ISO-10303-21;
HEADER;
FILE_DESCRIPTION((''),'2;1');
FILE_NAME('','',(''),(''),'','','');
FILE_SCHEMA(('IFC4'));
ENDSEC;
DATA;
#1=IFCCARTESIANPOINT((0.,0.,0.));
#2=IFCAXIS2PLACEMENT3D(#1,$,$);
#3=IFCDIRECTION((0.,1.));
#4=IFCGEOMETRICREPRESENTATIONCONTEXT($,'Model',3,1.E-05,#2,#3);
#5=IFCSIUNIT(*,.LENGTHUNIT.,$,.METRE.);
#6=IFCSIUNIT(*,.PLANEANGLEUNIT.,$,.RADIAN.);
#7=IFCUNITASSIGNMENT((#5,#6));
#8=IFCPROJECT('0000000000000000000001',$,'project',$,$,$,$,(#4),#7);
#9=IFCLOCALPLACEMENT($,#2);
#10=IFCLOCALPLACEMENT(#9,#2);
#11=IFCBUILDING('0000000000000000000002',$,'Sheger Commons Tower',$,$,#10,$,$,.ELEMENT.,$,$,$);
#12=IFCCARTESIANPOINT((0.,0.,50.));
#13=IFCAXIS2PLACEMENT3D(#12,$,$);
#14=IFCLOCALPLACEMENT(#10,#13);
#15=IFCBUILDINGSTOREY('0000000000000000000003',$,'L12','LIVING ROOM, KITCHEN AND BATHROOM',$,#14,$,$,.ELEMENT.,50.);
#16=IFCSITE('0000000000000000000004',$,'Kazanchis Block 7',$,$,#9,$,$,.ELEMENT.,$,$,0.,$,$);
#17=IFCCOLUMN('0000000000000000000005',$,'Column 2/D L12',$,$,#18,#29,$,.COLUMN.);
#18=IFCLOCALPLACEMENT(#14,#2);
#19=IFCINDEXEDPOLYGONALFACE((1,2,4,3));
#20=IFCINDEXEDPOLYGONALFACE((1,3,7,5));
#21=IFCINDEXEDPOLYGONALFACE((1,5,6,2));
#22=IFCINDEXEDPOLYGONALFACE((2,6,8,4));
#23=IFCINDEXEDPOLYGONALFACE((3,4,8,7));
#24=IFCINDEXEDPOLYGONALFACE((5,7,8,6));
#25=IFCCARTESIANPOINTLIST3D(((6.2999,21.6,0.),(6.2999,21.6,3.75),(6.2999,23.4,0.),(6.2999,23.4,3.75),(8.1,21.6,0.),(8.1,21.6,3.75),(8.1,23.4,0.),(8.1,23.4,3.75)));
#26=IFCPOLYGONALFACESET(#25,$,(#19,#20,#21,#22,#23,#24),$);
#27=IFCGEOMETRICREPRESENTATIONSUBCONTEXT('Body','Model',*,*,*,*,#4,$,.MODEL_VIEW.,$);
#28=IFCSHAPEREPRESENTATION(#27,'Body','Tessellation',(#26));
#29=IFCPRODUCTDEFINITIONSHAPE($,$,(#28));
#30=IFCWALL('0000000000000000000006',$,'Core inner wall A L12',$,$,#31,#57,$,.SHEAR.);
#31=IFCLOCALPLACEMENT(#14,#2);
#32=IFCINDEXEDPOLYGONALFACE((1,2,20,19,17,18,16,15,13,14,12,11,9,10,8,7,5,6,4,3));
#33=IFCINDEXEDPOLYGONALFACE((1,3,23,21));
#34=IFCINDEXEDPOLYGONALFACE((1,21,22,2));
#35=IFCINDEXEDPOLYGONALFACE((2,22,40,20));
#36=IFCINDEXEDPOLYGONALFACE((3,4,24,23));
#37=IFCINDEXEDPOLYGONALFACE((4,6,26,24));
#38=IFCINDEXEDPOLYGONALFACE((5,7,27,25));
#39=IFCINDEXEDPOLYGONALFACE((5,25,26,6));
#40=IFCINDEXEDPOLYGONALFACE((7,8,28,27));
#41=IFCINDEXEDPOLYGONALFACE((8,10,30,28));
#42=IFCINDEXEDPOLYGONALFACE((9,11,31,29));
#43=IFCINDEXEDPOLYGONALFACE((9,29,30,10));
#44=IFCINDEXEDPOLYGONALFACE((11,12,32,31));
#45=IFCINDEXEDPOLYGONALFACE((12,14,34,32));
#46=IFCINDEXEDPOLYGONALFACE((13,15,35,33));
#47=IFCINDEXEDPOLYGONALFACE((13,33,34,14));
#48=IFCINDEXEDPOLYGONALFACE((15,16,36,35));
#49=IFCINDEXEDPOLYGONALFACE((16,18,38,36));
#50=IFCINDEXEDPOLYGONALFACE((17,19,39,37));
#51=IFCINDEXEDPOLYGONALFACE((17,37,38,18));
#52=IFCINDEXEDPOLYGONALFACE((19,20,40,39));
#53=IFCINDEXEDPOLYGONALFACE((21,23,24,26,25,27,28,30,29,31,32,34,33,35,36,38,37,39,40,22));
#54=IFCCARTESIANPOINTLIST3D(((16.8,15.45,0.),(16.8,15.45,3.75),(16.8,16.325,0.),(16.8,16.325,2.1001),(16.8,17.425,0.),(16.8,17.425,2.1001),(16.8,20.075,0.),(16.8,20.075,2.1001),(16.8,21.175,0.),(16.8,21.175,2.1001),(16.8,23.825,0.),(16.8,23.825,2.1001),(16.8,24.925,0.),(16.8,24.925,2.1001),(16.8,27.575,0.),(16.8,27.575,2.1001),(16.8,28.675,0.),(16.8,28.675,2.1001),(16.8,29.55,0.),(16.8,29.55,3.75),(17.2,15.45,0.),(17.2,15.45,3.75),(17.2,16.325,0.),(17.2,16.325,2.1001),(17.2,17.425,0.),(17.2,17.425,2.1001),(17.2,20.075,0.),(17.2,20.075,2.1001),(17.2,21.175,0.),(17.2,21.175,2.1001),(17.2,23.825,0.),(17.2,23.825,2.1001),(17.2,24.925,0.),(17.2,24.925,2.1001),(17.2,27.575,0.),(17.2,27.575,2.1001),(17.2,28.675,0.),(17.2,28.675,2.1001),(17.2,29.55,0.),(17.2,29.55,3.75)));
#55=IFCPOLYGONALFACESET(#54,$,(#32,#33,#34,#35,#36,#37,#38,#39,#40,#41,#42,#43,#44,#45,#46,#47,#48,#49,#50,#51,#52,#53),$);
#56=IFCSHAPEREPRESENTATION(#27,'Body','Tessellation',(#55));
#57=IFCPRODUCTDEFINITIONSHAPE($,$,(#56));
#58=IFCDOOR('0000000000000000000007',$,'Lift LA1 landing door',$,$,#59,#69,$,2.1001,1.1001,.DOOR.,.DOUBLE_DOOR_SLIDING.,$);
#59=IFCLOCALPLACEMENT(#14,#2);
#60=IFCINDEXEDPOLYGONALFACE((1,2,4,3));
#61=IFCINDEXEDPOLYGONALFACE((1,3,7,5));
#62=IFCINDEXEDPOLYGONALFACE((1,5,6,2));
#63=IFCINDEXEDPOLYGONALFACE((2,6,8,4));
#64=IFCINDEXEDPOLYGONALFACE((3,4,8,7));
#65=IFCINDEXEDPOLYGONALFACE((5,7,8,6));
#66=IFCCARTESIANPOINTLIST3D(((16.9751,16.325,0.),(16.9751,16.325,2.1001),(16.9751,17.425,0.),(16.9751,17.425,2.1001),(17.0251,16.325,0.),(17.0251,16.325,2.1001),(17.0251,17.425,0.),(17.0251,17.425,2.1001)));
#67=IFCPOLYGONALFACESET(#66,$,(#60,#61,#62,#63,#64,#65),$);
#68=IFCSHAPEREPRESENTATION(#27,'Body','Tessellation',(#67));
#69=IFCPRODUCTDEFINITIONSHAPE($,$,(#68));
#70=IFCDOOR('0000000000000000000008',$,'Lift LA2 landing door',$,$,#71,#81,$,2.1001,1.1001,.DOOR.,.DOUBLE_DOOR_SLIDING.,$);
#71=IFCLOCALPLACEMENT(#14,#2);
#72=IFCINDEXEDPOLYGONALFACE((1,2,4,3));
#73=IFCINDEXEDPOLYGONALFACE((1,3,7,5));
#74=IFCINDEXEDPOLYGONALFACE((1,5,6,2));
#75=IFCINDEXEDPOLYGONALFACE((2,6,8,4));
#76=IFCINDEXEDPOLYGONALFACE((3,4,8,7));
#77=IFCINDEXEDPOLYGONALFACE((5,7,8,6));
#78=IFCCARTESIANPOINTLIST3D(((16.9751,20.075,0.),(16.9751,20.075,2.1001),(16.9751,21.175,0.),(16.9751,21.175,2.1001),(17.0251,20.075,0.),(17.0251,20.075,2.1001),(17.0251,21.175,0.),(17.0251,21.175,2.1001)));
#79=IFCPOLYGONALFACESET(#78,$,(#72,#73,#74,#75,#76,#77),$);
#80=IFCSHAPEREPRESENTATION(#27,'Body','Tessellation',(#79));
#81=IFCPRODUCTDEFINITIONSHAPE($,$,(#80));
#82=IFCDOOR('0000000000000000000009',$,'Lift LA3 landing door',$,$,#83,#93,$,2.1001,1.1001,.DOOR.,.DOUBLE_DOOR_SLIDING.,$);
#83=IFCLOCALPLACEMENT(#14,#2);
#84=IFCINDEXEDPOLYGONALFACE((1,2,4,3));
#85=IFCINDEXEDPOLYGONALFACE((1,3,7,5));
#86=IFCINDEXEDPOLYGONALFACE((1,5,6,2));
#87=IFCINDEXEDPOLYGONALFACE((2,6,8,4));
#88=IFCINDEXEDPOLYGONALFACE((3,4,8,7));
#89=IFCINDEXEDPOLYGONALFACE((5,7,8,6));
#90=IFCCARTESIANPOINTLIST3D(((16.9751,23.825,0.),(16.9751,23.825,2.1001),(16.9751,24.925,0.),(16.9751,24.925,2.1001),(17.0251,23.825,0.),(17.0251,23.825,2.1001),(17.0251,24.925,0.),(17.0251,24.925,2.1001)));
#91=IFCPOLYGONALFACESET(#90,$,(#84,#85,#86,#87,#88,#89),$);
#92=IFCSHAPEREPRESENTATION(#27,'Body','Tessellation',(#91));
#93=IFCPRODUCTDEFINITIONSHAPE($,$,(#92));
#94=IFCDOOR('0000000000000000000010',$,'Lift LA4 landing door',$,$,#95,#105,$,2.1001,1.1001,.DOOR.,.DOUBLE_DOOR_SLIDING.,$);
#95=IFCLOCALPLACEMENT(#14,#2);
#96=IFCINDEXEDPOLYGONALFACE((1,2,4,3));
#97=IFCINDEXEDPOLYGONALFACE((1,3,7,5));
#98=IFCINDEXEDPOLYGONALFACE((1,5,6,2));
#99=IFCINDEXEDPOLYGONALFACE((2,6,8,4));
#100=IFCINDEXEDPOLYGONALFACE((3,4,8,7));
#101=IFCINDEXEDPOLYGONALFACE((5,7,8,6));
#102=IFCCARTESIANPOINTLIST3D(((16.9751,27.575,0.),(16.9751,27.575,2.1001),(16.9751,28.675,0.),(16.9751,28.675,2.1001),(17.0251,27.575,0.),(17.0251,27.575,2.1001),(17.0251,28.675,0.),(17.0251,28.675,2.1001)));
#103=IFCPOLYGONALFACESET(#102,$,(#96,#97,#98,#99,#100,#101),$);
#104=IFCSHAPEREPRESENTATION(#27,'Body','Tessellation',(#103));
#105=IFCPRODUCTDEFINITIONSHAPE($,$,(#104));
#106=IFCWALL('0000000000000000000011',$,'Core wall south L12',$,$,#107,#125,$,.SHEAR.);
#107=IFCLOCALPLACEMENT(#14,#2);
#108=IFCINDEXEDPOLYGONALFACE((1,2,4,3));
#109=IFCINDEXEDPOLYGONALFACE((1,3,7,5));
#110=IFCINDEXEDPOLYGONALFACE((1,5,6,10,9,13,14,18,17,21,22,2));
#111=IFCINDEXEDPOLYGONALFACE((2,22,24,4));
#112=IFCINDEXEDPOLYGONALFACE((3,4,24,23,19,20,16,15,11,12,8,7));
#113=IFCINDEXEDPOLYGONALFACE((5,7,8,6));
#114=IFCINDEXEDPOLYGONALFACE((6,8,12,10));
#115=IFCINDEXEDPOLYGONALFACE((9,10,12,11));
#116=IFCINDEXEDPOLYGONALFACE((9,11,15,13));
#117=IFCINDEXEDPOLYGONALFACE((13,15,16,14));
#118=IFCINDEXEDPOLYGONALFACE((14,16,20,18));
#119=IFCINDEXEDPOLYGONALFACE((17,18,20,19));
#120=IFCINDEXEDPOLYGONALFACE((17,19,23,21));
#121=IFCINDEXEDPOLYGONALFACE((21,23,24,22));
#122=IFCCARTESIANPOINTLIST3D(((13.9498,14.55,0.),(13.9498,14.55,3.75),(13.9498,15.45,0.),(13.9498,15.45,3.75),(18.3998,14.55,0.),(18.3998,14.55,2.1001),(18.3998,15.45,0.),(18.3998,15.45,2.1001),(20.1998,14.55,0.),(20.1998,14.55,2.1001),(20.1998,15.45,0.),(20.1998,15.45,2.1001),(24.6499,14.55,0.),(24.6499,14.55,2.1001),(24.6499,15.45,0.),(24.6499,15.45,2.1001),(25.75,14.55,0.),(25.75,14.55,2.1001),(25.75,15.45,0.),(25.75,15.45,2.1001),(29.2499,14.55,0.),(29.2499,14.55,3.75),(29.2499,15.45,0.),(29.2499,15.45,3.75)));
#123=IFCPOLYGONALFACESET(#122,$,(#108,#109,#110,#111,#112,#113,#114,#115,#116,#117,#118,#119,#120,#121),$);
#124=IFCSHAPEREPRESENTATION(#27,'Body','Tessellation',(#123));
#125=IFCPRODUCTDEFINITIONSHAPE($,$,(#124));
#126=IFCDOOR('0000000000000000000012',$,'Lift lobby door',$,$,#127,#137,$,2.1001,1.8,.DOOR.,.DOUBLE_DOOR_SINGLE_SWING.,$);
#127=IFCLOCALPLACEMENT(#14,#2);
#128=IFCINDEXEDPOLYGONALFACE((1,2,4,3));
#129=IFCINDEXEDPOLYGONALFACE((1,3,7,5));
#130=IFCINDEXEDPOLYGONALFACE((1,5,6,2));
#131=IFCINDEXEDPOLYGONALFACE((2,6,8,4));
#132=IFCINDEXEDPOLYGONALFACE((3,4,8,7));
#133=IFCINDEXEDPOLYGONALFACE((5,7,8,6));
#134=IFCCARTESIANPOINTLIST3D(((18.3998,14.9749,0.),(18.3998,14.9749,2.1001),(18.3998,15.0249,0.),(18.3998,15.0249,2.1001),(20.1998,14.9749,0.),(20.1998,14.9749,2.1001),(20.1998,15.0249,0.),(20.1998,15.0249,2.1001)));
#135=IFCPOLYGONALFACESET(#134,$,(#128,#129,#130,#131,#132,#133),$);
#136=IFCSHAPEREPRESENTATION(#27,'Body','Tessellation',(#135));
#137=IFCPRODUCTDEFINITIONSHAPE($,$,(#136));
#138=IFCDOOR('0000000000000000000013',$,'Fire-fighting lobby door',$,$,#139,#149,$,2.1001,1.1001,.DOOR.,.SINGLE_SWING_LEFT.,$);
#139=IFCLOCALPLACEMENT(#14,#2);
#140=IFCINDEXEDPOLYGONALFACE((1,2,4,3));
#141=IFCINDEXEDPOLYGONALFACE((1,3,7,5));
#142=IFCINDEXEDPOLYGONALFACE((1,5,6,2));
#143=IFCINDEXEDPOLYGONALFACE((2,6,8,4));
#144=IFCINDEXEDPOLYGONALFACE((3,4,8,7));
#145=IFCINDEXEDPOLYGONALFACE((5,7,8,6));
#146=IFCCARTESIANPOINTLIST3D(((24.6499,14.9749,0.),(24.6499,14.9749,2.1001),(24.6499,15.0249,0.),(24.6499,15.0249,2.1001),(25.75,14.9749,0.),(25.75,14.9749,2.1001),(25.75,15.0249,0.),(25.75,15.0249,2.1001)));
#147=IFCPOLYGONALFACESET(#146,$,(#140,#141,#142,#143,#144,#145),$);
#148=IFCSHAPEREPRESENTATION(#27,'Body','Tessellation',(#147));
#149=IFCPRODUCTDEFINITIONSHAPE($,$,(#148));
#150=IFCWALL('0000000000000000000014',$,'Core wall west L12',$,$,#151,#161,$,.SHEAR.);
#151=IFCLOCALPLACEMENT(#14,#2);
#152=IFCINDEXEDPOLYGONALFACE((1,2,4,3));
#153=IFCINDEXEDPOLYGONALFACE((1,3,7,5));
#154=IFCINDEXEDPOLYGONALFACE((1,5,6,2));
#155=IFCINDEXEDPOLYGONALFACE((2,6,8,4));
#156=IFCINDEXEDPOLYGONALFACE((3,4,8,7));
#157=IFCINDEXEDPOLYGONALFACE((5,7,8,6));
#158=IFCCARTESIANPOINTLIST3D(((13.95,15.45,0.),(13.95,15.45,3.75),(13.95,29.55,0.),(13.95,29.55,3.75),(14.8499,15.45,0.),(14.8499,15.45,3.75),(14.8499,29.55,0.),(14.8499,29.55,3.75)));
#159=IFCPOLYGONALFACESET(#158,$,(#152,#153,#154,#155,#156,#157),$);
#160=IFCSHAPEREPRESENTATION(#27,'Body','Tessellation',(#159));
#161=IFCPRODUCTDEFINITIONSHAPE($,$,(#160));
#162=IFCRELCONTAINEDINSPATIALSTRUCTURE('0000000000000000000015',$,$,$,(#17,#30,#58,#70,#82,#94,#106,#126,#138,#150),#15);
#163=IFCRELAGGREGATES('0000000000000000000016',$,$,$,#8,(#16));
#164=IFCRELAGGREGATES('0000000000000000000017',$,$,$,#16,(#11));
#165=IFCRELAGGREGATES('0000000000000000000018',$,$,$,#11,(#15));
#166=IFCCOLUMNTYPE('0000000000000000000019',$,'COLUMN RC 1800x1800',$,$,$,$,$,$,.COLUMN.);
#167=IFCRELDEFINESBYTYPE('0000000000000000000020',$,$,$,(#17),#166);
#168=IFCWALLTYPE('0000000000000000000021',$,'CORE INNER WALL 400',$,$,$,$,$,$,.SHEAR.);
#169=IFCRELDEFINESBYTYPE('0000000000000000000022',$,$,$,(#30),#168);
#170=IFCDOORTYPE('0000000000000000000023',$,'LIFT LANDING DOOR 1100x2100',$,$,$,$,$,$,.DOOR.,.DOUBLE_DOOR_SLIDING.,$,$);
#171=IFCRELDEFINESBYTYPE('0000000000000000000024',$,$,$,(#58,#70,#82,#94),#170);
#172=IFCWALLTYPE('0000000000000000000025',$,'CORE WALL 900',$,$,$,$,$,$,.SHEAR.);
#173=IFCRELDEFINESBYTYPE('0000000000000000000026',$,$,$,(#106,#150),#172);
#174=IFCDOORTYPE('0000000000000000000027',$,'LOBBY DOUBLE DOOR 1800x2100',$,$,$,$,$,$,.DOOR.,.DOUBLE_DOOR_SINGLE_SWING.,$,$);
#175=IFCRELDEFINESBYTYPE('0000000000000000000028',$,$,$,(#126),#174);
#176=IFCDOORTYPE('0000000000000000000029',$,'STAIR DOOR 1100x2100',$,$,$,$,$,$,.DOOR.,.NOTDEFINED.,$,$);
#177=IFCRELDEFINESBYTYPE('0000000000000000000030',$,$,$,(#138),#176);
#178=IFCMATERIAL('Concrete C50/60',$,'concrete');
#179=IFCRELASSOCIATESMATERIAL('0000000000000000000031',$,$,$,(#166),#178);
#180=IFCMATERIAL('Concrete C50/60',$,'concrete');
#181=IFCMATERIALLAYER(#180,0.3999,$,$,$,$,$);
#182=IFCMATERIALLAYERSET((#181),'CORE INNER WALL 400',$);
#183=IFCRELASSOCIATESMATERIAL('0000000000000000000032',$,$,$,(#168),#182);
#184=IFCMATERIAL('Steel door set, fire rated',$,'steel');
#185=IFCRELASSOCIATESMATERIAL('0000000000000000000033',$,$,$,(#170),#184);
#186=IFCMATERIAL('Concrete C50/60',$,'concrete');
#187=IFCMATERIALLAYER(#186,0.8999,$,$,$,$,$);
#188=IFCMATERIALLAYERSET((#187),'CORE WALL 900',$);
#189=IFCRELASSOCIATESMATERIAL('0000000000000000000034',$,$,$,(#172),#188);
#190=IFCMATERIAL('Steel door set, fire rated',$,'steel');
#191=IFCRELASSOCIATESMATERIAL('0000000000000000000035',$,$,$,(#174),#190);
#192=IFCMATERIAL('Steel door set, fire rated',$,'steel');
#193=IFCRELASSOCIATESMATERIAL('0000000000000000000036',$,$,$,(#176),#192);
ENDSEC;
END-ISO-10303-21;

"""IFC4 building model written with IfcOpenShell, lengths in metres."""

from ifc_helpers import new_model, si_unit, direction, frame, frame_2d, origin, origin_2d, place, context, subcontext, project, spatial, rectangle, extrude, material, layer, layer_set, material_profile, profile_set, type_object, element, fill, save


model = new_model("IFC4")

# Units and contexts
model_context = context("Model", 3, precision=1e-05, world=origin(), true_north=direction((0.0, 1.0)))
body_context = subcontext(model_context, "Body", "Model", "MODEL_VIEW")
ifc_project = project(units=[si_unit("LENGTHUNIT", "METRE"), si_unit("PLANEANGLEUNIT", "RADIAN")], contexts=[model_context])

# Site, building, storey
site_placement = place(None, origin())
site = spatial("IfcSite", under=ifc_project, at=site_placement, Name="Kazanchis Block 7", CompositionType="ELEMENT", RefElevation=0.0)
building_placement = place(site_placement, origin())
building = spatial("IfcBuilding", under=site, at=building_placement, Name="Sheger Commons Tower", CompositionType="ELEMENT")
storey_placement = place(building_placement, frame((0.0, 0.0, 50.0)))
storey = spatial("IfcBuildingStorey", under=building, at=storey_placement, Name="L12", Description="LIVING ROOM, KITCHEN AND BATHROOM", CompositionType="ELEMENT", Elevation=50.0)

# Column
ifc_material_1 = material(Name="Concrete C50/60", Category="concrete")
ifc_material_profile = material_profile(ifc_material_1, rectangle(XDim=1.8, YDim=1.8, at=origin_2d()), Name="RC 1800x1800")
ifc_profile_set = profile_set([ifc_material_profile], Name="Concrete C50/60")
column_type = type_object("IfcColumnType", Name="COLUMN RC 1800x1800", PredefinedType="COLUMN", material=ifc_profile_set)
column_placement = place(storey_placement, frame((7.2, 22.5, 0.0), z_axis=(0.0, 0.0, 1.0), x_axis=(1.0, 0.0, 0.0)))
element("IfcColumn", 1, at=column_placement, inside=storey, type_object=column_type, Name="Column 2/D L12", PredefinedType="COLUMN", context=body_context, shape_type="SweptSolid", body=[
    extrude(rectangle(XDim=1.8, YDim=1.8, at=origin_2d()), origin(), (0.0, 0.0, 1.0), 3.75),
])

# Walls, openings, doors
ifc_material_2 = material(Name="Concrete C50/60", Category="concrete")
ifc_layer_1 = layer(ifc_material_2, 0.3999)
ifc_layer_set_1 = layer_set([ifc_layer_1], Name="CORE INNER WALL 400")
wall_type_1 = type_object("IfcWallType", Name="CORE INNER WALL 400", PredefinedType="SHEAR", material=ifc_layer_set_1)
wall_1_placement = place(storey_placement, frame((17.0, 15.45, 0.0), z_axis=(0.0, 0.0, 1.0), x_axis=(0.0, 1.0, 0.0)))
wall_1 = element("IfcWall", 2, at=wall_1_placement, inside=storey, type_object=wall_type_1, Name="Core inner wall A L12", PredefinedType="SHEAR", context=body_context, shape_type="SweptSolid", body=[
    extrude(rectangle(XDim=14.1001, YDim=0.3999, at=frame_2d((7.05, 0.0))), origin(), (0.0, 0.0, 1.0), 3.75),
])
opening_1_placement = place(wall_1_placement, frame((0.875, 0.0, 0.0)))
opening_1 = element("IfcOpeningElement", 3, at=opening_1_placement, cuts=wall_1, PredefinedType="OPENING", context=body_context, shape_type="SweptSolid", body=[
    extrude(rectangle(XDim=1.1001, YDim=2.1001, at=frame_2d((0.55, 1.05))), frame((0.0, 0.21, 0.0), z_axis=(0.0, -1.0, 0.0), x_axis=(1.0, 0.0, 0.0)), (0.0, 0.0, 1.0), 0.4199),
])
opening_2_placement = place(wall_1_placement, frame((4.625, 0.0, 0.0)))
opening_2 = element("IfcOpeningElement", 4, at=opening_2_placement, cuts=wall_1, PredefinedType="OPENING", context=body_context, shape_type="SweptSolid", body=[
    extrude(rectangle(XDim=1.1001, YDim=2.1001, at=frame_2d((0.55, 1.05))), frame((0.0, 0.21, 0.0), z_axis=(0.0, -1.0, 0.0), x_axis=(1.0, 0.0, 0.0)), (0.0, 0.0, 1.0), 0.4199),
])
opening_3_placement = place(wall_1_placement, frame((8.375, 0.0, 0.0)))
opening_3 = element("IfcOpeningElement", 5, at=opening_3_placement, cuts=wall_1, PredefinedType="OPENING", context=body_context, shape_type="SweptSolid", body=[
    extrude(rectangle(XDim=1.1001, YDim=2.1001, at=frame_2d((0.55, 1.05))), frame((0.0, 0.21, 0.0), z_axis=(0.0, -1.0, 0.0), x_axis=(1.0, 0.0, 0.0)), (0.0, 0.0, 1.0), 0.4199),
])
opening_4_placement = place(wall_1_placement, frame((12.125, 0.0, 0.0)))
opening_4 = element("IfcOpeningElement", 6, at=opening_4_placement, cuts=wall_1, PredefinedType="OPENING", context=body_context, shape_type="SweptSolid", body=[
    extrude(rectangle(XDim=1.1001, YDim=2.1001, at=frame_2d((0.55, 1.05))), frame((0.0, 0.21, 0.0), z_axis=(0.0, -1.0, 0.0), x_axis=(1.0, 0.0, 0.0)), (0.0, 0.0, 1.0), 0.4199),
])
ifc_material_3 = material(Name="Steel door set, fire rated", Category="steel")
door_type_1 = type_object("IfcDoorType", Name="LIFT LANDING DOOR 1100x2100", OperationType="DOUBLE_DOOR_SLIDING", PredefinedType="DOOR", material=ifc_material_3)
door_1_placement = place(opening_1_placement, origin())
door_1 = element("IfcDoor", 7, at=door_1_placement, inside=storey, type_object=door_type_1, Name="Lift LA1 landing door", OperationType="DOUBLE_DOOR_SLIDING", OverallHeight=2.1001, OverallWidth=1.1001, PredefinedType="DOOR", context=body_context, shape_type="SweptSolid", body=[
    extrude(rectangle(XDim=1.1001, YDim=2.1001, at=frame_2d((0.55, 1.05))), frame((0.0, 0.0249, 0.0), z_axis=(0.0, -1.0, 0.0), x_axis=(1.0, 0.0, 0.0)), (0.0, 0.0, 1.0), 0.05),
])
fill(opening_1, door_1)
door_2_placement = place(opening_2_placement, origin())
door_2 = element("IfcDoor", 8, at=door_2_placement, inside=storey, type_object=door_type_1, Name="Lift LA2 landing door", OperationType="DOUBLE_DOOR_SLIDING", OverallHeight=2.1001, OverallWidth=1.1001, PredefinedType="DOOR", context=body_context, shape_type="SweptSolid", body=[
    extrude(rectangle(XDim=1.1001, YDim=2.1001, at=frame_2d((0.55, 1.05))), frame((0.0, 0.0249, 0.0), z_axis=(0.0, -1.0, 0.0), x_axis=(1.0, 0.0, 0.0)), (0.0, 0.0, 1.0), 0.05),
])
fill(opening_2, door_2)
door_3_placement = place(opening_3_placement, origin())
door_3 = element("IfcDoor", 9, at=door_3_placement, inside=storey, type_object=door_type_1, Name="Lift LA3 landing door", OperationType="DOUBLE_DOOR_SLIDING", OverallHeight=2.1001, OverallWidth=1.1001, PredefinedType="DOOR", context=body_context, shape_type="SweptSolid", body=[
    extrude(rectangle(XDim=1.1001, YDim=2.1001, at=frame_2d((0.55, 1.05))), frame((0.0, 0.0249, 0.0), z_axis=(0.0, -1.0, 0.0), x_axis=(1.0, 0.0, 0.0)), (0.0, 0.0, 1.0), 0.05),
])
fill(opening_3, door_3)
door_4_placement = place(opening_4_placement, origin())
door_4 = element("IfcDoor", 10, at=door_4_placement, inside=storey, type_object=door_type_1, Name="Lift LA4 landing door", OperationType="DOUBLE_DOOR_SLIDING", OverallHeight=2.1001, OverallWidth=1.1001, PredefinedType="DOOR", context=body_context, shape_type="SweptSolid", body=[
    extrude(rectangle(XDim=1.1001, YDim=2.1001, at=frame_2d((0.55, 1.05))), frame((0.0, 0.0249, 0.0), z_axis=(0.0, -1.0, 0.0), x_axis=(1.0, 0.0, 0.0)), (0.0, 0.0, 1.0), 0.05),
])
fill(opening_4, door_4)
ifc_material_4 = material(Name="Concrete C50/60", Category="concrete")
ifc_layer_2 = layer(ifc_material_4, 0.8999)
ifc_layer_set_2 = layer_set([ifc_layer_2], Name="CORE WALL 900")
wall_type_2 = type_object("IfcWallType", Name="CORE WALL 900", PredefinedType="SHEAR", material=ifc_layer_set_2)
wall_2_placement = place(storey_placement, frame((13.95, 15.0, 0.0), z_axis=(0.0, 0.0, 1.0), x_axis=(1.0, 0.0, 0.0)))
wall_2 = element("IfcWall", 11, at=wall_2_placement, inside=storey, type_object=wall_type_2, Name="Core wall south L12", PredefinedType="SHEAR", context=body_context, shape_type="SweptSolid", body=[
    extrude(rectangle(XDim=15.3, YDim=0.8999, at=frame_2d((7.6499, 0.0))), origin(), (0.0, 0.0, 1.0), 3.75),
])
opening_5_placement = place(wall_2_placement, frame((4.45, 0.0, 0.0)))
opening_5 = element("IfcOpeningElement", 12, at=opening_5_placement, cuts=wall_2, PredefinedType="OPENING", context=body_context, shape_type="SweptSolid", body=[
    extrude(rectangle(XDim=1.8, YDim=2.1001, at=frame_2d((0.8999, 1.05))), frame((0.0, 0.46, 0.0), z_axis=(0.0, -1.0, 0.0), x_axis=(1.0, 0.0, 0.0)), (0.0, 0.0, 1.0), 0.9199),
])
opening_6_placement = place(wall_2_placement, frame((10.7, 0.0, 0.0)))
opening_6 = element("IfcOpeningElement", 13, at=opening_6_placement, cuts=wall_2, PredefinedType="OPENING", context=body_context, shape_type="SweptSolid", body=[
    extrude(rectangle(XDim=1.1001, YDim=2.1001, at=frame_2d((0.55, 1.05))), frame((0.0, 0.46, 0.0), z_axis=(0.0, -1.0, 0.0), x_axis=(1.0, 0.0, 0.0)), (0.0, 0.0, 1.0), 0.9199),
])
ifc_material_5 = material(Name="Steel door set, fire rated", Category="steel")
door_type_2 = type_object("IfcDoorType", Name="LOBBY DOUBLE DOOR 1800x2100", OperationType="DOUBLE_DOOR_SINGLE_SWING", PredefinedType="DOOR", material=ifc_material_5)
door_5_placement = place(opening_5_placement, origin())
door_5 = element("IfcDoor", 14, at=door_5_placement, inside=storey, type_object=door_type_2, Name="Lift lobby door", OperationType="DOUBLE_DOOR_SINGLE_SWING", OverallHeight=2.1001, OverallWidth=1.8, PredefinedType="DOOR", context=body_context, shape_type="SweptSolid", body=[
    extrude(rectangle(XDim=1.8, YDim=2.1001, at=frame_2d((0.8999, 1.05))), frame((0.0, 0.0249, 0.0), z_axis=(0.0, -1.0, 0.0), x_axis=(1.0, 0.0, 0.0)), (0.0, 0.0, 1.0), 0.05),
])
fill(opening_5, door_5)
ifc_material_6 = material(Name="Steel door set, fire rated", Category="steel")
door_type_3 = type_object("IfcDoorType", Name="STAIR DOOR 1100x2100", OperationType="NOTDEFINED", PredefinedType="DOOR", material=ifc_material_6)
door_6_placement = place(opening_6_placement, origin())
door_6 = element("IfcDoor", 15, at=door_6_placement, inside=storey, type_object=door_type_3, Name="Fire-fighting lobby door", OperationType="SINGLE_SWING_LEFT", OverallHeight=2.1001, OverallWidth=1.1001, PredefinedType="DOOR", context=body_context, shape_type="SweptSolid", body=[
    extrude(rectangle(XDim=1.1001, YDim=2.1001, at=frame_2d((0.55, 1.05))), frame((0.0, 0.0249, 0.0), z_axis=(0.0, -1.0, 0.0), x_axis=(1.0, 0.0, 0.0)), (0.0, 0.0, 1.0), 0.05),
])
fill(opening_6, door_6)

# Wall
wall_3_placement = place(storey_placement, frame((14.3999, 15.45, 0.0), z_axis=(0.0, 0.0, 1.0), x_axis=(0.0, 1.0, 0.0)))
element("IfcWall", 16, at=wall_3_placement, inside=storey, type_object=wall_type_2, Name="Core wall west L12", PredefinedType="SHEAR", context=body_context, shape_type="SweptSolid", body=[
    extrude(rectangle(XDim=14.1001, YDim=0.8999, at=frame_2d((7.05, 0.0))), origin(), (0.0, 0.0, 1.0), 3.75),
])

save(model, "model.ifc")
